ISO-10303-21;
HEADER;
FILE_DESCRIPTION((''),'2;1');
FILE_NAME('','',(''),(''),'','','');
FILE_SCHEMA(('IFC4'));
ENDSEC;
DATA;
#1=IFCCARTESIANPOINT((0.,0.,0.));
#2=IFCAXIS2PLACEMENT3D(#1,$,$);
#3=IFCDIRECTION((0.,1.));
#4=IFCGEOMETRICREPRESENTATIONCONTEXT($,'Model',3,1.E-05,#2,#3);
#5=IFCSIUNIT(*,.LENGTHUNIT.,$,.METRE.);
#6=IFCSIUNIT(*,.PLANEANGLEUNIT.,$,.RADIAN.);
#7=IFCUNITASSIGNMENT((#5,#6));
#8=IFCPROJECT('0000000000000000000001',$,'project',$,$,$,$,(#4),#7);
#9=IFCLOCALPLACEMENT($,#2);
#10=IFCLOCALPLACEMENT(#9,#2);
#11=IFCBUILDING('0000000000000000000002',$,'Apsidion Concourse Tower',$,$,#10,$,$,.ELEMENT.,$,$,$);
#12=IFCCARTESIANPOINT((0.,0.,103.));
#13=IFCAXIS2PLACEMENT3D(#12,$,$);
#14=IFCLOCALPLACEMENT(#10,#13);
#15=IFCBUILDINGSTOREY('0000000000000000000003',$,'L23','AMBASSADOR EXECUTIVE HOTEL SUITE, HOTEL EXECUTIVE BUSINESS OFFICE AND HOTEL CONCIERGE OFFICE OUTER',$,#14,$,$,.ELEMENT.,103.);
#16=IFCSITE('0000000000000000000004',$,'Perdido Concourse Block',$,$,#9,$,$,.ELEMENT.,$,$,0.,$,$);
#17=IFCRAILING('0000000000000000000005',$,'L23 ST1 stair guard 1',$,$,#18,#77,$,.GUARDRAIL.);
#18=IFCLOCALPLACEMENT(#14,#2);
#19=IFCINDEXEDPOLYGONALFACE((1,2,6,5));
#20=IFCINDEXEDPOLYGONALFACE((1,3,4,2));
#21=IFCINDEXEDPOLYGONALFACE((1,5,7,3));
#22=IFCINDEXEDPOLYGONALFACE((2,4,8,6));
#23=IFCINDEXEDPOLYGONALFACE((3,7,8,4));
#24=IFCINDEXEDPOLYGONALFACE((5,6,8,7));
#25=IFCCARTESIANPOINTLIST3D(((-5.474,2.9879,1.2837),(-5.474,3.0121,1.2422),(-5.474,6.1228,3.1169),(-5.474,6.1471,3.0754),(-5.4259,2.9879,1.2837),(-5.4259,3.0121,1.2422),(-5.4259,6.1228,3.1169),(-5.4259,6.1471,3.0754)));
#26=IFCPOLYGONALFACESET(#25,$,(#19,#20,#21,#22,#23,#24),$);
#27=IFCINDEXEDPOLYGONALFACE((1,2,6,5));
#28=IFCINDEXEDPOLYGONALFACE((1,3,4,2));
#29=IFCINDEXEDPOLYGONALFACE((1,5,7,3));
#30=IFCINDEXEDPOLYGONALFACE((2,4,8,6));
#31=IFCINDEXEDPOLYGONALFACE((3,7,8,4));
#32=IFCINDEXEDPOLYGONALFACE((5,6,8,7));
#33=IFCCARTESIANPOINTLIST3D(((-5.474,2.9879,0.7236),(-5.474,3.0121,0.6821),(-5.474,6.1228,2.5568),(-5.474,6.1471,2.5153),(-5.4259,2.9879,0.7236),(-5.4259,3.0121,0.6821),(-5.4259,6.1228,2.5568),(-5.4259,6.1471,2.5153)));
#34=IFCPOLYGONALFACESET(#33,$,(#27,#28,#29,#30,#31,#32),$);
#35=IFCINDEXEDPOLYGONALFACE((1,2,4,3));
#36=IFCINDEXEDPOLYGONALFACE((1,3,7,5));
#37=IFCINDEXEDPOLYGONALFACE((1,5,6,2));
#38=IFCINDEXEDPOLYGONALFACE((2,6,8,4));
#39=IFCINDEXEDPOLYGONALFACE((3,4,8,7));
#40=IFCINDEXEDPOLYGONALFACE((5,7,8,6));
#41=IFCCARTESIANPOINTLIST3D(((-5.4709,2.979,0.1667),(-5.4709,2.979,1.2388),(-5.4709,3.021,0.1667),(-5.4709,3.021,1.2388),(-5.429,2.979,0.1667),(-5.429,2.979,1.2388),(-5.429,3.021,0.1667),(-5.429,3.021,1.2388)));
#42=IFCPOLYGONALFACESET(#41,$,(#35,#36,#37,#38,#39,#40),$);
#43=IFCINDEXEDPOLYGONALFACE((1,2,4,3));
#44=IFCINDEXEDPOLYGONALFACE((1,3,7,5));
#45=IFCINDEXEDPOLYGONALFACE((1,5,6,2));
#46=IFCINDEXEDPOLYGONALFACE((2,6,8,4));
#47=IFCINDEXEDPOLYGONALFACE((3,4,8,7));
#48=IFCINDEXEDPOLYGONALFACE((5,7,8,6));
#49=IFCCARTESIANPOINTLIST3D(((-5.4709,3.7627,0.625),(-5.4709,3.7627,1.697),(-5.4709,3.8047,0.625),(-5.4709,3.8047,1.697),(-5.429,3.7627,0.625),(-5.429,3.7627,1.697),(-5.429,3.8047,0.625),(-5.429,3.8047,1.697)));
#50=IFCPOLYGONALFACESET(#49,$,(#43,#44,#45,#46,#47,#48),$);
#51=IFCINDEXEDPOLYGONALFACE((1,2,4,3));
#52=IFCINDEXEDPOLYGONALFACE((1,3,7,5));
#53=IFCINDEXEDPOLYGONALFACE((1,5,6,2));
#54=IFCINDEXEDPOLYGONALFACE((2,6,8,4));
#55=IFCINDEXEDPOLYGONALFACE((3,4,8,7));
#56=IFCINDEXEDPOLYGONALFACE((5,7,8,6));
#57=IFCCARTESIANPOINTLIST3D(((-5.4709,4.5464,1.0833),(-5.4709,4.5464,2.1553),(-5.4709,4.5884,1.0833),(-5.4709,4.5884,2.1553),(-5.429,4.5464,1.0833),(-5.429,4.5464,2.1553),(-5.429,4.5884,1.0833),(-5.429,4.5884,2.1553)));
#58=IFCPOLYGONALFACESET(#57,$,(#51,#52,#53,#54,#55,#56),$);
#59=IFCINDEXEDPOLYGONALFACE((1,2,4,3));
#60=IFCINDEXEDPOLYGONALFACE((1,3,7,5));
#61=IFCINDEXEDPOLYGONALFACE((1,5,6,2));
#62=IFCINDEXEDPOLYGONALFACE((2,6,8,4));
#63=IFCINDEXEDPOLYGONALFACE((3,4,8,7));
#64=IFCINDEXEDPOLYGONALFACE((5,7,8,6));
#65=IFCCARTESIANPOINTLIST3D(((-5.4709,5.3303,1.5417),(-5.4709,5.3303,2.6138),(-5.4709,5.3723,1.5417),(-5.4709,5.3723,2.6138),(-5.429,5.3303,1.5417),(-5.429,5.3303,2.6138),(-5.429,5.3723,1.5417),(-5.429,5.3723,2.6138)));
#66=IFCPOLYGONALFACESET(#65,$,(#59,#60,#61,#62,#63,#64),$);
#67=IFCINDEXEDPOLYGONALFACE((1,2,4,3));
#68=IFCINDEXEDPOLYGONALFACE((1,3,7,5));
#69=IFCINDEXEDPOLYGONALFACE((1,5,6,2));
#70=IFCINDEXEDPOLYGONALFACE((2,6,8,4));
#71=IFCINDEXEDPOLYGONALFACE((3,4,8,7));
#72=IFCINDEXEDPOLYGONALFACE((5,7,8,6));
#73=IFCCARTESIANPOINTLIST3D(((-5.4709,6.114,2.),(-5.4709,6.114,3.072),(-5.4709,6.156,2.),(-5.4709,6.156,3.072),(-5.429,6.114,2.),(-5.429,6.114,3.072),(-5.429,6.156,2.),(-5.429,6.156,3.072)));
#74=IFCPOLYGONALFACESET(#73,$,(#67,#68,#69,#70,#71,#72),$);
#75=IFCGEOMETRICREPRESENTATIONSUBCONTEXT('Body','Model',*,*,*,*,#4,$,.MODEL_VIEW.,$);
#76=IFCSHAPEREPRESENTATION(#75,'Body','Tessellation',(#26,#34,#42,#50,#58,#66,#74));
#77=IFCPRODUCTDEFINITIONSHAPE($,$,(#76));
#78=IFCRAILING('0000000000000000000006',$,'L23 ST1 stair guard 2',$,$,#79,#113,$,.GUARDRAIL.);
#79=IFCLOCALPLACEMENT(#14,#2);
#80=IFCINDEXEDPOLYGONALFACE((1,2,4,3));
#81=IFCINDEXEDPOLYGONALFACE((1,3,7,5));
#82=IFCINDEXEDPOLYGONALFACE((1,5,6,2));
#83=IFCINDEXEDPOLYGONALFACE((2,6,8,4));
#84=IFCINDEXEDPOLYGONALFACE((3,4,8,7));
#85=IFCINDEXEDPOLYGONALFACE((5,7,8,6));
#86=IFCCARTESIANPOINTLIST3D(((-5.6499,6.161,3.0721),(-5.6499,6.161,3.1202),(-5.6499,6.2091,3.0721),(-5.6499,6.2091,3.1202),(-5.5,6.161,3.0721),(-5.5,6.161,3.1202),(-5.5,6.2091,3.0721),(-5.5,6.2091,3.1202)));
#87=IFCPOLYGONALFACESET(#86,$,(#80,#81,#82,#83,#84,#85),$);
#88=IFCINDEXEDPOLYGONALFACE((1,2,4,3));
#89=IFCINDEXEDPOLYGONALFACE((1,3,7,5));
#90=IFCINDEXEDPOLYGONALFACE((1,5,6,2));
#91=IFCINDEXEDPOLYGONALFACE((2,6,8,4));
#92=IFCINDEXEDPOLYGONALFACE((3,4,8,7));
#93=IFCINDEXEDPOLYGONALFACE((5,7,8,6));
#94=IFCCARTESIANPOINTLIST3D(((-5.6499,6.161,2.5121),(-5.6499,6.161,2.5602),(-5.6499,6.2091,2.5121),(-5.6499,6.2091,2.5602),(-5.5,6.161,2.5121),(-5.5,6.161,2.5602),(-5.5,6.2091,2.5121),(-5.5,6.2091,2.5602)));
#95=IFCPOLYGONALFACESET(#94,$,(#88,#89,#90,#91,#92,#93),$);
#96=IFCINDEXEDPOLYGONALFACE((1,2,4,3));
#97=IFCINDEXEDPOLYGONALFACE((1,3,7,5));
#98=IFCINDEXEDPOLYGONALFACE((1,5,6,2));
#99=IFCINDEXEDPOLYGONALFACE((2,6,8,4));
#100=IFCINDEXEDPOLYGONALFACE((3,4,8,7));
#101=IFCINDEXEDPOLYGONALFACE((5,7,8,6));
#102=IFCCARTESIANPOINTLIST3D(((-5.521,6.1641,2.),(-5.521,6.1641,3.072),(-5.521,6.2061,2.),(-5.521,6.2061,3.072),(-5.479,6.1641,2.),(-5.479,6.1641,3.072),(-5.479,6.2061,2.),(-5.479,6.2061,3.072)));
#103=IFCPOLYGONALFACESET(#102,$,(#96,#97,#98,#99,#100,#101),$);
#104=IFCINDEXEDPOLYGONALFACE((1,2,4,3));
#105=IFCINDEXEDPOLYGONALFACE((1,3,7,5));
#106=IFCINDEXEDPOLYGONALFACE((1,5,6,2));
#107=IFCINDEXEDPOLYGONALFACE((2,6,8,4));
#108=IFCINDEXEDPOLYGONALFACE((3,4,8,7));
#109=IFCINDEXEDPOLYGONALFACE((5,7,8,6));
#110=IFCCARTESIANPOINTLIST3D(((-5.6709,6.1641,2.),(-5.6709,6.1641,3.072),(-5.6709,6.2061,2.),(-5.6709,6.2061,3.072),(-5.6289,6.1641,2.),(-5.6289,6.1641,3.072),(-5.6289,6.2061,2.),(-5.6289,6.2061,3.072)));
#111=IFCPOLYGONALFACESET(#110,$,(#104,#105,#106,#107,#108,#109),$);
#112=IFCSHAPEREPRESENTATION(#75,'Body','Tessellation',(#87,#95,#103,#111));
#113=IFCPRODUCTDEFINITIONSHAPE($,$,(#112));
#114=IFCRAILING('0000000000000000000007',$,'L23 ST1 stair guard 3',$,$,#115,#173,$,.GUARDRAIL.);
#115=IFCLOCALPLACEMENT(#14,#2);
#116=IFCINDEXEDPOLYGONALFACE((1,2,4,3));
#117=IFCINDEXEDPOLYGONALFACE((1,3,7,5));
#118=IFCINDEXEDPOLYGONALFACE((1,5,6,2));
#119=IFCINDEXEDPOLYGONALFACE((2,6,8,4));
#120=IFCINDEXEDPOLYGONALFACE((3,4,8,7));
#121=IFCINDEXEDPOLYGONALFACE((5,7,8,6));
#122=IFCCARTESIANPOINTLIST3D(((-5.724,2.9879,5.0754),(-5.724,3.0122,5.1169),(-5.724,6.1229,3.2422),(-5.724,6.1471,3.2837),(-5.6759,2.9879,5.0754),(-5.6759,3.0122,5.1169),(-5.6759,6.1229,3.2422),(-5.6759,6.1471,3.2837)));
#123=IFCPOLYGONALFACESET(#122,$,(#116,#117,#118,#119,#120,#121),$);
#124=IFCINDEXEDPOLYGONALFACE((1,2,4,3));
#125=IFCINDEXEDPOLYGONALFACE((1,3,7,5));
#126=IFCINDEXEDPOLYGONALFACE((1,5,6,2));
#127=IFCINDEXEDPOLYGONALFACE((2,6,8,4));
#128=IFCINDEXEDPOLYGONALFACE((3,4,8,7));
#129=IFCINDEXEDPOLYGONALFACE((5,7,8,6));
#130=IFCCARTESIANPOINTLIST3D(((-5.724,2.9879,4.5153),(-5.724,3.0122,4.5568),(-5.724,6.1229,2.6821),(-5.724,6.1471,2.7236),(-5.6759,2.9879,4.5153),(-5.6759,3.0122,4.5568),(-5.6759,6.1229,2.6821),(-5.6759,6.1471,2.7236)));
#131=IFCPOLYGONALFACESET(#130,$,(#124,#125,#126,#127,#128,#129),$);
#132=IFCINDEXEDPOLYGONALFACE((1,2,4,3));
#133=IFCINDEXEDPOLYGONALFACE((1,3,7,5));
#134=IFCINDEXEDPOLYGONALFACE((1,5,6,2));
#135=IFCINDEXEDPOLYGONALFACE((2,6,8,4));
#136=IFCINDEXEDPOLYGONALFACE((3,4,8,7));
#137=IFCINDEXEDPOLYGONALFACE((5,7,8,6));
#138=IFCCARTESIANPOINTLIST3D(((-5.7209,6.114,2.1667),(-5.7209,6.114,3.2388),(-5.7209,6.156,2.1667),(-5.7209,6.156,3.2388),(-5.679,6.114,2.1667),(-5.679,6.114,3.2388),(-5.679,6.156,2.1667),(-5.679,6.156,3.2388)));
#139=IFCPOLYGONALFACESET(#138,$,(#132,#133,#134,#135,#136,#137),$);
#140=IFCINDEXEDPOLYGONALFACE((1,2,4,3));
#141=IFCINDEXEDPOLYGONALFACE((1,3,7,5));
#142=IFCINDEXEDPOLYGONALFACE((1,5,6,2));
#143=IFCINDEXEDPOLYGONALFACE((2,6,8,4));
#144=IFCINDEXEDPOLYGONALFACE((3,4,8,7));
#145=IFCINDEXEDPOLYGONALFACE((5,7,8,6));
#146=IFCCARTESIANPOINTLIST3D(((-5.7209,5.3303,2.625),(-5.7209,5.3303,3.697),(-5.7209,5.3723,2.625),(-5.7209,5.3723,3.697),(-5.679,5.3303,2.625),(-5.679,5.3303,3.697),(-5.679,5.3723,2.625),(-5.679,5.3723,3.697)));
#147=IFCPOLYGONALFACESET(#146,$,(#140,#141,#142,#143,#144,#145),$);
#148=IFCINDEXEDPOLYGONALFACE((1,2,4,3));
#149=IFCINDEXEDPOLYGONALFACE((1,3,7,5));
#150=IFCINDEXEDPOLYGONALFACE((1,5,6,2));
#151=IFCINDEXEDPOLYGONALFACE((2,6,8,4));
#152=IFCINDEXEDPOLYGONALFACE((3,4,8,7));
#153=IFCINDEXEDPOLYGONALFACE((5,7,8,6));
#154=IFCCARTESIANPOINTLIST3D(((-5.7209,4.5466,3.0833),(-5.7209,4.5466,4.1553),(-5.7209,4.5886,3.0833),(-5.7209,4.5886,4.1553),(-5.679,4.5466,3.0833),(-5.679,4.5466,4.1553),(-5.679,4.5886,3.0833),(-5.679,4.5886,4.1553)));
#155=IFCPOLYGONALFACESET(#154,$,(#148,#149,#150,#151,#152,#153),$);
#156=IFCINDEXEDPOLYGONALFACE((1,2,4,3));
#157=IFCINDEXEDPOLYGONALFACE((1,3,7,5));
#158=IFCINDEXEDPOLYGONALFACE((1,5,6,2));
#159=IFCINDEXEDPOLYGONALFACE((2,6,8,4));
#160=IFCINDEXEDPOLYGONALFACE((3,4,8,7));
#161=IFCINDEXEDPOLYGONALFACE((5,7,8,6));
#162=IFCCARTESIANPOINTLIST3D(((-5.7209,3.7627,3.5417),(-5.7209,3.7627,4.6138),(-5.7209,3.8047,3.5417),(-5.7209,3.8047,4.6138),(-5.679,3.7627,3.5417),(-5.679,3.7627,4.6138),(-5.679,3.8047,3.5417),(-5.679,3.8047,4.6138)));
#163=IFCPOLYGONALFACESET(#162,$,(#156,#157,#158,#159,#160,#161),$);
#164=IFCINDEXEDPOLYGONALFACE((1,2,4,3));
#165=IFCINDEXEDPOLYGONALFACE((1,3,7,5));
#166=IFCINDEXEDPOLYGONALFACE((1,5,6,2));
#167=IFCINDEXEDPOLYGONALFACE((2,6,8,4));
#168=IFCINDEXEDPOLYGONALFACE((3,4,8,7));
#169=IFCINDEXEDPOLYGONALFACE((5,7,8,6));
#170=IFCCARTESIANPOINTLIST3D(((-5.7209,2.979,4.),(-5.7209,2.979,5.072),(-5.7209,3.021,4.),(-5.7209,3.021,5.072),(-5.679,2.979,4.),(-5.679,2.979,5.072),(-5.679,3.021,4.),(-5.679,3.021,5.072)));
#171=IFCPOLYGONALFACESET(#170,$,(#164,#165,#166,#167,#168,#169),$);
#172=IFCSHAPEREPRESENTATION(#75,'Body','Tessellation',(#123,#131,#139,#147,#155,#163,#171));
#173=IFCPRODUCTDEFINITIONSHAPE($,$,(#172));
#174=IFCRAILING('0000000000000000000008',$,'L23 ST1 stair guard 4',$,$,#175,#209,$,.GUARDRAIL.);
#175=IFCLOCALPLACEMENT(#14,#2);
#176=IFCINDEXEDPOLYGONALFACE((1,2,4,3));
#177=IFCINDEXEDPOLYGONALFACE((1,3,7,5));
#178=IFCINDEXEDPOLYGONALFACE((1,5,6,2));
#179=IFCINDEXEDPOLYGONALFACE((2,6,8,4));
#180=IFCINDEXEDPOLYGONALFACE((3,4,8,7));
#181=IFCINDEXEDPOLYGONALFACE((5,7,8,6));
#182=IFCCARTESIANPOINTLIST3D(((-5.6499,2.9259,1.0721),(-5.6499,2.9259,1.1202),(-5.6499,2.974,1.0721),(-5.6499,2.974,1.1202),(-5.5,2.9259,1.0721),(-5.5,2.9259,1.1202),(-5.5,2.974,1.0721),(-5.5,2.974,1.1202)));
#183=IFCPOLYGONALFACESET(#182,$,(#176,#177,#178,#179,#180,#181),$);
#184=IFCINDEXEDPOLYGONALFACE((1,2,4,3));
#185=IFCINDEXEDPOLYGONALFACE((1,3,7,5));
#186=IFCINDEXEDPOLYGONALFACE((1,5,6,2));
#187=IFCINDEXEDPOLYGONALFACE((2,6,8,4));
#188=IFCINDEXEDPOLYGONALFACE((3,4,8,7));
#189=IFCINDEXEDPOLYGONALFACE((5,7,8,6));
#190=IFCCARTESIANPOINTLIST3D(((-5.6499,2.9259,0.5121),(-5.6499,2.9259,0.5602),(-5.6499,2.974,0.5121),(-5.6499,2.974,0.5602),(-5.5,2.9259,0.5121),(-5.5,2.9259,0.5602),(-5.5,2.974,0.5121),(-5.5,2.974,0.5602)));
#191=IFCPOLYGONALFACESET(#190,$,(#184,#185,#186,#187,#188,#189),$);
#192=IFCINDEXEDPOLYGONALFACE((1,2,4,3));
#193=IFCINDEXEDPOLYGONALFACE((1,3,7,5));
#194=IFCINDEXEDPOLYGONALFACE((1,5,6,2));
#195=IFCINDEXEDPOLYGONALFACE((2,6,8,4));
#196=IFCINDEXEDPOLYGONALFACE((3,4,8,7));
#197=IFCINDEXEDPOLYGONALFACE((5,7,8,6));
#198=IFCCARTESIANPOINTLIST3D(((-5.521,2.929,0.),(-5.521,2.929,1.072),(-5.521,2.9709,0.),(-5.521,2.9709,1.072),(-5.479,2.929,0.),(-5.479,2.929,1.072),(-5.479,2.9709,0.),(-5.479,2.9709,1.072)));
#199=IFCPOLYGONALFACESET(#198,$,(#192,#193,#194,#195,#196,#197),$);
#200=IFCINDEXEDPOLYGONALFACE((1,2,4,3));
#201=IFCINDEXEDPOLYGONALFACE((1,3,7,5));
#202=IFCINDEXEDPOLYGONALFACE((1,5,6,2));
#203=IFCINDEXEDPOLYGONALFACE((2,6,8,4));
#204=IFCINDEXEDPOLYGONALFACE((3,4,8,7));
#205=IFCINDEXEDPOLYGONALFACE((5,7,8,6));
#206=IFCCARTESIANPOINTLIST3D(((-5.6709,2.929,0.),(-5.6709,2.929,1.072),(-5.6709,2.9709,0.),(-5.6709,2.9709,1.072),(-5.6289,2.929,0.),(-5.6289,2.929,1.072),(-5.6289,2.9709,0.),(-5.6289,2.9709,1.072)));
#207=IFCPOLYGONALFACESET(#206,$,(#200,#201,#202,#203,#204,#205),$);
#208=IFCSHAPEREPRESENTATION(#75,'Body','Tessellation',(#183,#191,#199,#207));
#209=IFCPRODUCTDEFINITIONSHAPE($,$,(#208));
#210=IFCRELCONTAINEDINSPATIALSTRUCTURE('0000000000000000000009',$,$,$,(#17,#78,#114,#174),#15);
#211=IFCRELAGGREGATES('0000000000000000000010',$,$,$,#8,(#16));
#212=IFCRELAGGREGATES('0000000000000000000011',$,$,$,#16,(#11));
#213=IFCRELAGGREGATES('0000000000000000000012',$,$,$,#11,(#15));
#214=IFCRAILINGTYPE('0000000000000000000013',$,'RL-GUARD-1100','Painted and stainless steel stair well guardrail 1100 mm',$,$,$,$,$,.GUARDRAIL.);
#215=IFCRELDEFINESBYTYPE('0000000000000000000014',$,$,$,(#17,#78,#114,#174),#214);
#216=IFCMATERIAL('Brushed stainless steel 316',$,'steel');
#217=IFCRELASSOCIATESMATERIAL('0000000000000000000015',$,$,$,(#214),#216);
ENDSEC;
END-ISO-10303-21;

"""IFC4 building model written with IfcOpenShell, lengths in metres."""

from ifc_helpers import new_model, si_unit, direction, frame, origin, origin_2d, place, context, subcontext, project, spatial, rectangle, extrude, material, type_object, element, save


model = new_model("IFC4")

# Units and contexts
model_context = context("Model", 3, precision=1e-05, world=origin(), true_north=direction((0.0, 1.0)))
body_context = subcontext(model_context, "Body", "Model", "MODEL_VIEW")
ifc_project = project(units=[si_unit("LENGTHUNIT", "METRE"), si_unit("PLANEANGLEUNIT", "RADIAN")], contexts=[model_context])

# Site, building, storey
site_placement = place(None, origin())
site = spatial("IfcSite", under=ifc_project, at=site_placement, Name="Perdido Concourse Block", CompositionType="ELEMENT", RefElevation=0.0)
building_placement = place(site_placement, origin())
building = spatial("IfcBuilding", under=site, at=building_placement, Name="Apsidion Concourse Tower", CompositionType="ELEMENT")
storey_placement = place(building_placement, frame((0.0, 0.0, 103.0)))
storey = spatial("IfcBuildingStorey", under=building, at=storey_placement, Name="L23", Description="AMBASSADOR EXECUTIVE HOTEL SUITE, HOTEL EXECUTIVE BUSINESS OFFICE AND HOTEL CONCIERGE OFFICE OUTER", CompositionType="ELEMENT", Elevation=103.0)

# Shared definitions
ifc_material_1 = material(Name="Brushed stainless steel 316", Category="steel")

# Railings
railing_type_1 = type_object("IfcRailingType", Name="RL-GUARD-1100", Description="Painted and stainless steel stair well guardrail 1100 mm", PredefinedType="GUARDRAIL", material=ifc_material_1)
railing_1_placement = place(storey_placement, frame((-5.45, 3.0, 0.1667)))
element("IfcRailing", 1, at=railing_1_placement, inside=storey, type_object=railing_type_1, Name="L23 ST1 stair guard 1", PredefinedType="GUARDRAIL", context=body_context, shape_type="SweptSolid", body=[
    extrude(rectangle(XDim=0.0481, YDim=0.0481, at=origin_2d()), frame((0.0, 0.0, 1.0962), z_axis=(0.0, 0.86324, 0.504794), x_axis=(-1.0, 0.0, 0.0)), (0.0, 0.0, 1.0), 3.6316),
    extrude(rectangle(XDim=0.0481, YDim=0.0481, at=origin_2d()), frame((0.0, 0.0, 0.5361), z_axis=(0.0, 0.86324, 0.504794), x_axis=(-1.0, 0.0, 0.0)), (0.0, 0.0, 1.0), 3.6316),
    extrude(rectangle(XDim=0.042, YDim=0.042, at=origin_2d()), origin(), (0.0, 0.0, 1.0), 1.072),
    extrude(rectangle(XDim=0.042, YDim=0.042, at=origin_2d()), frame((0.0, 0.7837, 0.4583)), (0.0, 0.0, 1.0), 1.072),
    extrude(rectangle(XDim=0.042, YDim=0.042, at=origin_2d()), frame((0.0, 1.5674, 0.9165)), (0.0, 0.0, 1.0), 1.072),
    extrude(rectangle(XDim=0.042, YDim=0.042, at=origin_2d()), frame((0.0, 2.3513, 1.375)), (0.0, 0.0, 1.0), 1.072),
    extrude(rectangle(XDim=0.042, YDim=0.042, at=origin_2d()), frame((0.0, 3.135, 1.8333)), (0.0, 0.0, 1.0), 1.072),
])
railing_2_placement = place(storey_placement, frame((-5.5, 6.1851, 2.0)))
element("IfcRailing", 2, at=railing_2_placement, inside=storey, type_object=railing_type_1, Name="L23 ST1 stair guard 2", PredefinedType="GUARDRAIL", context=body_context, shape_type="SweptSolid", body=[
    extrude(rectangle(XDim=0.0481, YDim=0.0481, at=origin_2d()), frame((0.0, 0.0, 1.0962), z_axis=(-1.0, 0.0, 0.0), x_axis=(0.0, -1.0, 0.0)), (0.0, 0.0, 1.0), 0.1499),
    extrude(rectangle(XDim=0.0481, YDim=0.0481, at=origin_2d()), frame((0.0, 0.0, 0.5361), z_axis=(-1.0, 0.0, 0.0), x_axis=(0.0, -1.0, 0.0)), (0.0, 0.0, 1.0), 0.1499),
    extrude(rectangle(XDim=0.042, YDim=0.042, at=origin_2d()), origin(), (0.0, 0.0, 1.0), 1.072),
    extrude(rectangle(XDim=0.042, YDim=0.042, at=origin_2d()), frame((-0.1499, 0.0, 0.0)), (0.0, 0.0, 1.0), 1.072),
])
railing_3_placement = place(storey_placement, frame((-5.7, 6.135, 2.1667)))
element("IfcRailing", 3, at=railing_3_placement, inside=storey, type_object=railing_type_1, Name="L23 ST1 stair guard 3", PredefinedType="GUARDRAIL", context=body_context, shape_type="SweptSolid", body=[
    extrude(rectangle(XDim=0.0481, YDim=0.0481, at=origin_2d()), frame((0.0, 0.0, 1.0962), z_axis=(0.0, -0.86324, 0.504794), x_axis=(1.0, 0.0, 0.0)), (0.0, 0.0, 1.0), 3.6316),
    extrude(rectangle(XDim=0.0481, YDim=0.0481, at=origin_2d()), frame((0.0, 0.0, 0.5361), z_axis=(0.0, -0.86324, 0.504794), x_axis=(1.0, 0.0, 0.0)), (0.0, 0.0, 1.0), 3.6316),
    extrude(rectangle(XDim=0.042, YDim=0.042, at=origin_2d()), origin(), (0.0, 0.0, 1.0), 1.072),
    extrude(rectangle(XDim=0.042, YDim=0.042, at=origin_2d()), frame((0.0, -0.7837, 0.4583)), (0.0, 0.0, 1.0), 1.072),
    extrude(rectangle(XDim=0.042, YDim=0.042, at=origin_2d()), frame((0.0, -1.5674, 0.9165)), (0.0, 0.0, 1.0), 1.072),
    extrude(rectangle(XDim=0.042, YDim=0.042, at=origin_2d()), frame((0.0, -2.3513, 1.375)), (0.0, 0.0, 1.0), 1.072),
    extrude(rectangle(XDim=0.042, YDim=0.042, at=origin_2d()), frame((0.0, -3.135, 1.8333)), (0.0, 0.0, 1.0), 1.072),
])
railing_4_placement = place(storey_placement, frame((-5.5, 2.95, 0.0)))
element("IfcRailing", 4, at=railing_4_placement, inside=storey, type_object=railing_type_1, Name="L23 ST1 stair guard 4", PredefinedType="GUARDRAIL", context=body_context, shape_type="SweptSolid", body=[
    extrude(rectangle(XDim=0.0481, YDim=0.0481, at=origin_2d()), frame((0.0, 0.0, 1.0962), z_axis=(-1.0, 0.0, 0.0), x_axis=(0.0, -1.0, 0.0)), (0.0, 0.0, 1.0), 0.1499),
    extrude(rectangle(XDim=0.0481, YDim=0.0481, at=origin_2d()), frame((0.0, 0.0, 0.5361), z_axis=(-1.0, 0.0, 0.0), x_axis=(0.0, -1.0, 0.0)), (0.0, 0.0, 1.0), 0.1499),
    extrude(rectangle(XDim=0.042, YDim=0.042, at=origin_2d()), origin(), (0.0, 0.0, 1.0), 1.072),
    extrude(rectangle(XDim=0.042, YDim=0.042, at=origin_2d()), frame((-0.1499, 0.0, 0.0)), (0.0, 0.0, 1.0), 1.072),
])

save(model, "model.ifc")
